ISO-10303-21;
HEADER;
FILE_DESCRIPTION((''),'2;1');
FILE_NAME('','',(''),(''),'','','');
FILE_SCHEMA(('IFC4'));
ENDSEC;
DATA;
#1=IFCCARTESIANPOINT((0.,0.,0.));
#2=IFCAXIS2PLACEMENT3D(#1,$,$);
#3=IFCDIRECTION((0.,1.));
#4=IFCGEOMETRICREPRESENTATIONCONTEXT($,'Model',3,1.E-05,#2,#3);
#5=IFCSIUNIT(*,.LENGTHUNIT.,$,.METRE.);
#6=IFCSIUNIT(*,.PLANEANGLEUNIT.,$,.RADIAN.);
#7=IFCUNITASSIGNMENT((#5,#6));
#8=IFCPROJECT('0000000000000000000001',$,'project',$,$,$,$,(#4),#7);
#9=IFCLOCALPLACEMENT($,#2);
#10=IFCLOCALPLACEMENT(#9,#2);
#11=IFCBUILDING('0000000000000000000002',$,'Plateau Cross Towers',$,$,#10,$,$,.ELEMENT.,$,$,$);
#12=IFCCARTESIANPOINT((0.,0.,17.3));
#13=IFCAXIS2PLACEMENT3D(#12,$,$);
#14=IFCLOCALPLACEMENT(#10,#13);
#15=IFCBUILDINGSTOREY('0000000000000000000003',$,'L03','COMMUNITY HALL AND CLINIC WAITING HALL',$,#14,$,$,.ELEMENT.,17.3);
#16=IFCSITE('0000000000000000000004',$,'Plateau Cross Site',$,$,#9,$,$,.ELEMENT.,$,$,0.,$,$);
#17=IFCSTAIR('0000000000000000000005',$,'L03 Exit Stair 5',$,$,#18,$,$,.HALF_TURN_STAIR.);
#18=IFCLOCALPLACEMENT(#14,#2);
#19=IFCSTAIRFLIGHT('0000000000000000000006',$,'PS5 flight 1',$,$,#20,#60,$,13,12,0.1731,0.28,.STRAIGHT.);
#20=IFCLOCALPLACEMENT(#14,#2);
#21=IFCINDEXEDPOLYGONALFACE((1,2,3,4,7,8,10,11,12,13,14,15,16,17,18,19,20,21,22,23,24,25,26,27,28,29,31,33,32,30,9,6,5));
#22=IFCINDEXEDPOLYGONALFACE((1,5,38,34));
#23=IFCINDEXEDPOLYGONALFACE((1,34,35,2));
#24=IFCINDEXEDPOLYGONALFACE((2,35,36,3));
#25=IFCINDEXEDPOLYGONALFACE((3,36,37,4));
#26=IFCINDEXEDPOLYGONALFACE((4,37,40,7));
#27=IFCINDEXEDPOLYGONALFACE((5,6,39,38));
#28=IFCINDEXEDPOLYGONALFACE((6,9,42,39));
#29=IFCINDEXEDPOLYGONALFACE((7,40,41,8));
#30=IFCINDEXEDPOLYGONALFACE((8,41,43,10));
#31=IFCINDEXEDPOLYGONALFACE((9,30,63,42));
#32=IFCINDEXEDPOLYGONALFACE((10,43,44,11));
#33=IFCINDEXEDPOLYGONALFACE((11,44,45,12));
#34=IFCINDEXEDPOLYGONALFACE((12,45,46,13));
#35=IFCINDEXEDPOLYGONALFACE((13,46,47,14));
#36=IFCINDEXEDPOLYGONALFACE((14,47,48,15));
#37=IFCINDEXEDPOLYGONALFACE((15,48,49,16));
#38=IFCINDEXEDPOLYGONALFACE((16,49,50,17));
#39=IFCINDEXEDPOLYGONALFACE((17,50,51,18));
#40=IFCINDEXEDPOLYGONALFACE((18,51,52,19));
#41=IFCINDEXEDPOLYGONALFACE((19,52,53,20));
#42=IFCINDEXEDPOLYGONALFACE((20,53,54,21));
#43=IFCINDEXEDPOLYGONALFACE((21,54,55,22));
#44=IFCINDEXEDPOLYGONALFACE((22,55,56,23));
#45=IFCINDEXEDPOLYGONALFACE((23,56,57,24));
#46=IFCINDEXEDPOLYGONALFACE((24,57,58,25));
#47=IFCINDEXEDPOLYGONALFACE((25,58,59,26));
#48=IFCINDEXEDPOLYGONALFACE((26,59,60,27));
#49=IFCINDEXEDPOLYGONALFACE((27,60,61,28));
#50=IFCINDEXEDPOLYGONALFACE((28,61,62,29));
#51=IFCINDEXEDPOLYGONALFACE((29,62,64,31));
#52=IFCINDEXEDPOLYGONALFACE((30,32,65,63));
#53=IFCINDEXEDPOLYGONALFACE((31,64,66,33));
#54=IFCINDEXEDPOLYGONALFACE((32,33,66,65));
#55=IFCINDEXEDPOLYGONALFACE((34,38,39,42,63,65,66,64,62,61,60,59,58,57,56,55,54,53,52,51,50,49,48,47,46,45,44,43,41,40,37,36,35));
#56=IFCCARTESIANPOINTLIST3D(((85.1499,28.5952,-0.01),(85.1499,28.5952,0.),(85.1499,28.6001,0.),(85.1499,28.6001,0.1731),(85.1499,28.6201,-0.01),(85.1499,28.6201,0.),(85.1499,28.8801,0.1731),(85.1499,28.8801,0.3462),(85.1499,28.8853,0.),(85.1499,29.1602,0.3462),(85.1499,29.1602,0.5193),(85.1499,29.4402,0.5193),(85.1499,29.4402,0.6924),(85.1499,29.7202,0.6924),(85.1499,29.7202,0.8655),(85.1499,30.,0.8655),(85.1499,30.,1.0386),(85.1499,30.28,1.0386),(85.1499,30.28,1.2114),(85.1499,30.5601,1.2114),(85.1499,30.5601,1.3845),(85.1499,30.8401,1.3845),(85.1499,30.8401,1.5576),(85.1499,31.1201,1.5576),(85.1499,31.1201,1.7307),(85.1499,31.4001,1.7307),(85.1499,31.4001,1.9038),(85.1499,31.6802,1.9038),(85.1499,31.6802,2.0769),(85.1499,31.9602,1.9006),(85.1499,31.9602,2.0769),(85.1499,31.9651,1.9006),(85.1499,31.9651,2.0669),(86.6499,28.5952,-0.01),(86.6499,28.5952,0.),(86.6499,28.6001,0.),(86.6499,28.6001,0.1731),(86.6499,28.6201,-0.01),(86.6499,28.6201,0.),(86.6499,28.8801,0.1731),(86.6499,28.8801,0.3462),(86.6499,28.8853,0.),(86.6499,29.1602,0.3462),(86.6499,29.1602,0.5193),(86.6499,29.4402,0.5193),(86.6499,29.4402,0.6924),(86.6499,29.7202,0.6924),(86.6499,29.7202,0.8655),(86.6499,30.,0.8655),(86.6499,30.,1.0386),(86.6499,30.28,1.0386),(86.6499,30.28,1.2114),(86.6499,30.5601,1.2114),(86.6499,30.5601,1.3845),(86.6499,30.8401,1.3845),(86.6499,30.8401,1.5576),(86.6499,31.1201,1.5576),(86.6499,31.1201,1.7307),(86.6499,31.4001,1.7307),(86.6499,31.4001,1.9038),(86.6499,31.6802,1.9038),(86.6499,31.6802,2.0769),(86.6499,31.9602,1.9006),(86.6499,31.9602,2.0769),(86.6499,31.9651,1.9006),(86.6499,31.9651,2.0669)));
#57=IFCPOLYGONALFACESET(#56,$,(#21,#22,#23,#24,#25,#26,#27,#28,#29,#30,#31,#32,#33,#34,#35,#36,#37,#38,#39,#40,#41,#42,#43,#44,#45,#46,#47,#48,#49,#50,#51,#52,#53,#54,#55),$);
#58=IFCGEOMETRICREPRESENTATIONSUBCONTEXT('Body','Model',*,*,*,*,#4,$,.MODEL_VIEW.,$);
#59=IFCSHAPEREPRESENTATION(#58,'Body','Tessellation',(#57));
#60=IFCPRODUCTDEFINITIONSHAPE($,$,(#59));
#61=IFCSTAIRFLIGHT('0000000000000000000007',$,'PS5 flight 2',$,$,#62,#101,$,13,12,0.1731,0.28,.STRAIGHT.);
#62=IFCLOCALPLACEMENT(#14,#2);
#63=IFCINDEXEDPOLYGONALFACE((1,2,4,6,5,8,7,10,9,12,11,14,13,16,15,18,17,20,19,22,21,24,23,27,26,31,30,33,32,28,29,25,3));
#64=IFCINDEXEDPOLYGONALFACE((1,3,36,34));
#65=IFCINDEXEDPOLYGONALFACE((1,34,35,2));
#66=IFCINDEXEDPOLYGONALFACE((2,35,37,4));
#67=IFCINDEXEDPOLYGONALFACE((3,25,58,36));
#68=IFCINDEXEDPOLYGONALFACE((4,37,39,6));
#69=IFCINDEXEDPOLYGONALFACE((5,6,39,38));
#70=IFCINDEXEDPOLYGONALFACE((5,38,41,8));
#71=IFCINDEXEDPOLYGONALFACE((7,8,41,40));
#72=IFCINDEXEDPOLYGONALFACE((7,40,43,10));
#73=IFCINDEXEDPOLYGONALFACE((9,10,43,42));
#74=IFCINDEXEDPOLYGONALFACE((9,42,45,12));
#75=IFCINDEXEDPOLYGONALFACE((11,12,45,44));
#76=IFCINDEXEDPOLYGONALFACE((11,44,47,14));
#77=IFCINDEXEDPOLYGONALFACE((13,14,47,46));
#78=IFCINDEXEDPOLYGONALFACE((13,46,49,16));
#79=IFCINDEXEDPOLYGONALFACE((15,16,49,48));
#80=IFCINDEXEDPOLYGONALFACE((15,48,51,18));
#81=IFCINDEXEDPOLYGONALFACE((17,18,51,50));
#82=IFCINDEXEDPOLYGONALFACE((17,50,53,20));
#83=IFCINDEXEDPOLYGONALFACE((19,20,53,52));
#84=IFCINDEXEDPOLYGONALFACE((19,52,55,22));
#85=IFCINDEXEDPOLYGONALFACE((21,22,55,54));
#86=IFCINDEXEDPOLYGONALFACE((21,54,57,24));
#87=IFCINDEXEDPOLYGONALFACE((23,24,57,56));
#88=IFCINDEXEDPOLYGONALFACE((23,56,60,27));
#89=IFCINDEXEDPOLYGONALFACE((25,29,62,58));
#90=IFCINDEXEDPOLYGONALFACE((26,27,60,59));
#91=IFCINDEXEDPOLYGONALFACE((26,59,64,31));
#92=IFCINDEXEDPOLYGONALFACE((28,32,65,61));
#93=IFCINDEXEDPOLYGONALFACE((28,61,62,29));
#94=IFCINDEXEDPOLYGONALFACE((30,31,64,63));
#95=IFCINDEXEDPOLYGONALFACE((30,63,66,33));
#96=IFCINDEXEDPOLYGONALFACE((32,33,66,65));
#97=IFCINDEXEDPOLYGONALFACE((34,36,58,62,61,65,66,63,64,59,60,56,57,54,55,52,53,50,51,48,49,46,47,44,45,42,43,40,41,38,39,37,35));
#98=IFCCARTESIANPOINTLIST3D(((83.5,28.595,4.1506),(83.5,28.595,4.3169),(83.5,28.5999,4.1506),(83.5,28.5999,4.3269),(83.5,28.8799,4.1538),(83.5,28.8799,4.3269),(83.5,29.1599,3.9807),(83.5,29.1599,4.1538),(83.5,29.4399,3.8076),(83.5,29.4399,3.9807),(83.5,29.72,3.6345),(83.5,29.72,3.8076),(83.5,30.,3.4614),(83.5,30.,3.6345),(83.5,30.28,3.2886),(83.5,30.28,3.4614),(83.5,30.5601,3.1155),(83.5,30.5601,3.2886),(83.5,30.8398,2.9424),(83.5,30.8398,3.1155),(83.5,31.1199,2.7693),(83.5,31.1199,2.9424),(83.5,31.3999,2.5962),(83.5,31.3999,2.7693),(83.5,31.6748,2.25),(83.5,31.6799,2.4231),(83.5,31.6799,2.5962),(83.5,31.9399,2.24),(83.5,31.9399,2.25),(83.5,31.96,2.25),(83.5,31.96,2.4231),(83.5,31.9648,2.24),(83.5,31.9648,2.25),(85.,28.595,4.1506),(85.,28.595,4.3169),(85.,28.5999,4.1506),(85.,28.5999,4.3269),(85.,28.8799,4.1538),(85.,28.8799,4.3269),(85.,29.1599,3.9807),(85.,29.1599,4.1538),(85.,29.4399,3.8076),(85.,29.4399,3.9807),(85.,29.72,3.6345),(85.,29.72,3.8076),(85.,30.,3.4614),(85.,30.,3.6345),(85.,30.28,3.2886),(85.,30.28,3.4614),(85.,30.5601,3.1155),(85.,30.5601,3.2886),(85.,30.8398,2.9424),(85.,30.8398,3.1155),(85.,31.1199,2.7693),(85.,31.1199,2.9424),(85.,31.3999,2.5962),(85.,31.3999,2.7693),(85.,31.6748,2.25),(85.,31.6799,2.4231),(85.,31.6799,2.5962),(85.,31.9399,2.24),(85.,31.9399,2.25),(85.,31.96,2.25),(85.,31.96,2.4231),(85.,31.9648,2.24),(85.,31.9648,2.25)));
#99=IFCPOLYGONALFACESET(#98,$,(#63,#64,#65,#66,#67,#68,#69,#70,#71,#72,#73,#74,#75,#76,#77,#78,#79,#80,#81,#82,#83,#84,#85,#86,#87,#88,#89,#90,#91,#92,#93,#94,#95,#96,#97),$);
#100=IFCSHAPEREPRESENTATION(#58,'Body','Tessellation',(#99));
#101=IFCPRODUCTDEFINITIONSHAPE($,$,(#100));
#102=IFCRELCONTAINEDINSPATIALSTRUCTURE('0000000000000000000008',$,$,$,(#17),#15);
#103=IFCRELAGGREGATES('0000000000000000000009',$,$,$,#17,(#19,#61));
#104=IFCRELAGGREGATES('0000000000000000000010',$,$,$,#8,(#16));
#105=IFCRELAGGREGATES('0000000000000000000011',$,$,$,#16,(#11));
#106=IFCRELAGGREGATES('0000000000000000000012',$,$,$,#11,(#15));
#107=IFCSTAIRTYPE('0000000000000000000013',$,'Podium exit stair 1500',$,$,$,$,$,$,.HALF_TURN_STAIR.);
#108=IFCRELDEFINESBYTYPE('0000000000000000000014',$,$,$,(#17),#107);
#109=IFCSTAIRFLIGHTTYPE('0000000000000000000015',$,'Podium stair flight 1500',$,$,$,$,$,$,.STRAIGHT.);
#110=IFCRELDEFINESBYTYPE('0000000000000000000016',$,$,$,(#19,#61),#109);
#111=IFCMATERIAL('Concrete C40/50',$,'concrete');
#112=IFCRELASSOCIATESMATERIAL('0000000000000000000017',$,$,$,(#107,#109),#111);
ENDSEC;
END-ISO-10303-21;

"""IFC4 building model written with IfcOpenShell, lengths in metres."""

from ifc_helpers import new_model, si_unit, direction, frame, origin, place, context, subcontext, project, spatial, polyline, outline, extrude, material, type_object, element, aggregate, save


model = new_model("IFC4")

# Units and contexts
model_context = context("Model", 3, precision=1e-05, world=origin(), true_north=direction((0.0, 1.0)))
body_context = subcontext(model_context, "Body", "Model", "MODEL_VIEW")
ifc_project = project(units=[si_unit("LENGTHUNIT", "METRE"), si_unit("PLANEANGLEUNIT", "RADIAN")], contexts=[model_context])

# Site, building, storey
site_placement = place(None, origin())
site = spatial("IfcSite", under=ifc_project, at=site_placement, Name="Plateau Cross Site", CompositionType="ELEMENT", RefElevation=0.0)
building_placement = place(site_placement, origin())
building = spatial("IfcBuilding", under=site, at=building_placement, Name="Plateau Cross Towers", CompositionType="ELEMENT")
storey_placement = place(building_placement, frame((0.0, 0.0, 17.3)))
storey = spatial("IfcBuildingStorey", under=building, at=storey_placement, Name="L03", Description="COMMUNITY HALL AND CLINIC WAITING HALL", CompositionType="ELEMENT", Elevation=17.3)

# Stair, stair flights
ifc_material_1 = material(Name="Concrete C40/50", Category="concrete")
stair_type = type_object("IfcStairType", Name="Podium exit stair 1500", PredefinedType="HALF_TURN_STAIR", material=ifc_material_1)
stair_placement = place(storey_placement, origin())
stair = element("IfcStair", 1, at=stair_placement, inside=storey, type_object=stair_type, Name="L03 Exit Stair 5", PredefinedType="HALF_TURN_STAIR")
stair_flight_type = type_object("IfcStairFlightType", Name="Podium stair flight 1500", PredefinedType="STRAIGHT", material=ifc_material_1)
stair_flight_1_placement = place(storey_placement, frame((85.8999, 28.6001, 0.0), z_axis=(0.0, 0.0, 1.0), x_axis=(0.0, 1.0, 0.0)))
stair_flight_1 = element("IfcStairFlight", 2, at=stair_flight_1_placement, type_object=stair_flight_type, Name="PS5 flight 1", NumberOfRisers=13, NumberOfTreads=12, PredefinedType="STRAIGHT", RiserHeight=0.1731, TreadLength=0.28, context=body_context, shape_type="SweptSolid", body=[
    extrude(outline(polyline([(-0.0049, -0.01), (-0.0049, 0.0), (0.0, 0.0), (0.0, 0.1731), (0.28, 0.1731), (0.28, 0.3462), (0.5601, 0.3462), (0.5601, 0.5193), (0.8401, 0.5193), (0.8401, 0.6924), (1.1201, 0.6924), (1.1201, 0.8655), (1.3999, 0.8655), (1.3999, 1.0386), (1.6799, 1.0386), (1.6799, 1.2114), (1.96, 1.2114), (1.96, 1.3845), (2.24, 1.3845), (2.24, 1.5576), (2.52, 1.5576), (2.52, 1.7307), (2.8, 1.7307), (2.8, 1.9038), (3.0801, 1.9038), (3.0801, 2.0769), (3.3601, 2.0769), (3.365, 2.0669), (3.365, 1.9006), (3.3601, 1.9006), (0.2852, 0.0), (0.02, 0.0), (0.02, -0.01), (-0.0049, -0.01)])), frame((0.0, 0.75, 0.0), z_axis=(0.0, -1.0, 0.0), x_axis=(1.0, 0.0, 0.0)), (0.0, 0.0, 1.0), 1.5),
])
stair_flight_2_placement = place(storey_placement, frame((84.25, 31.96, 2.25), z_axis=(0.0, 0.0, 1.0), x_axis=(0.0, -1.0, 0.0)))
stair_flight_2 = element("IfcStairFlight", 3, at=stair_flight_2_placement, type_object=stair_flight_type, Name="PS5 flight 2", NumberOfRisers=13, NumberOfTreads=12, PredefinedType="STRAIGHT", RiserHeight=0.1731, TreadLength=0.28, context=body_context, shape_type="SweptSolid", body=[
    extrude(outline(polyline([(-0.0049, -0.01), (-0.0049, 0.0), (0.0, 0.0), (0.0, 0.1731), (0.28, 0.1731), (0.28, 0.3462), (0.5601, 0.3462), (0.5601, 0.5193), (0.8401, 0.5193), (0.8401, 0.6924), (1.1201, 0.6924), (1.1201, 0.8655), (1.3999, 0.8655), (1.3999, 1.0386), (1.6799, 1.0386), (1.6799, 1.2114), (1.96, 1.2114), (1.96, 1.3845), (2.24, 1.3845), (2.24, 1.5576), (2.52, 1.5576), (2.52, 1.7307), (2.8, 1.7307), (2.8, 1.9038), (3.0801, 1.9038), (3.0801, 2.0769), (3.3601, 2.0769), (3.365, 2.0669), (3.365, 1.9006), (3.3601, 1.9006), (0.2852, 0.0), (0.02, 0.0), (0.02, -0.01), (-0.0049, -0.01)])), frame((0.0, 0.75, 0.0), z_axis=(0.0, -1.0, 0.0), x_axis=(1.0, 0.0, 0.0)), (0.0, 0.0, 1.0), 1.5),
])
aggregate(stair, [stair_flight_1, stair_flight_2])

save(model, "model.ifc")
